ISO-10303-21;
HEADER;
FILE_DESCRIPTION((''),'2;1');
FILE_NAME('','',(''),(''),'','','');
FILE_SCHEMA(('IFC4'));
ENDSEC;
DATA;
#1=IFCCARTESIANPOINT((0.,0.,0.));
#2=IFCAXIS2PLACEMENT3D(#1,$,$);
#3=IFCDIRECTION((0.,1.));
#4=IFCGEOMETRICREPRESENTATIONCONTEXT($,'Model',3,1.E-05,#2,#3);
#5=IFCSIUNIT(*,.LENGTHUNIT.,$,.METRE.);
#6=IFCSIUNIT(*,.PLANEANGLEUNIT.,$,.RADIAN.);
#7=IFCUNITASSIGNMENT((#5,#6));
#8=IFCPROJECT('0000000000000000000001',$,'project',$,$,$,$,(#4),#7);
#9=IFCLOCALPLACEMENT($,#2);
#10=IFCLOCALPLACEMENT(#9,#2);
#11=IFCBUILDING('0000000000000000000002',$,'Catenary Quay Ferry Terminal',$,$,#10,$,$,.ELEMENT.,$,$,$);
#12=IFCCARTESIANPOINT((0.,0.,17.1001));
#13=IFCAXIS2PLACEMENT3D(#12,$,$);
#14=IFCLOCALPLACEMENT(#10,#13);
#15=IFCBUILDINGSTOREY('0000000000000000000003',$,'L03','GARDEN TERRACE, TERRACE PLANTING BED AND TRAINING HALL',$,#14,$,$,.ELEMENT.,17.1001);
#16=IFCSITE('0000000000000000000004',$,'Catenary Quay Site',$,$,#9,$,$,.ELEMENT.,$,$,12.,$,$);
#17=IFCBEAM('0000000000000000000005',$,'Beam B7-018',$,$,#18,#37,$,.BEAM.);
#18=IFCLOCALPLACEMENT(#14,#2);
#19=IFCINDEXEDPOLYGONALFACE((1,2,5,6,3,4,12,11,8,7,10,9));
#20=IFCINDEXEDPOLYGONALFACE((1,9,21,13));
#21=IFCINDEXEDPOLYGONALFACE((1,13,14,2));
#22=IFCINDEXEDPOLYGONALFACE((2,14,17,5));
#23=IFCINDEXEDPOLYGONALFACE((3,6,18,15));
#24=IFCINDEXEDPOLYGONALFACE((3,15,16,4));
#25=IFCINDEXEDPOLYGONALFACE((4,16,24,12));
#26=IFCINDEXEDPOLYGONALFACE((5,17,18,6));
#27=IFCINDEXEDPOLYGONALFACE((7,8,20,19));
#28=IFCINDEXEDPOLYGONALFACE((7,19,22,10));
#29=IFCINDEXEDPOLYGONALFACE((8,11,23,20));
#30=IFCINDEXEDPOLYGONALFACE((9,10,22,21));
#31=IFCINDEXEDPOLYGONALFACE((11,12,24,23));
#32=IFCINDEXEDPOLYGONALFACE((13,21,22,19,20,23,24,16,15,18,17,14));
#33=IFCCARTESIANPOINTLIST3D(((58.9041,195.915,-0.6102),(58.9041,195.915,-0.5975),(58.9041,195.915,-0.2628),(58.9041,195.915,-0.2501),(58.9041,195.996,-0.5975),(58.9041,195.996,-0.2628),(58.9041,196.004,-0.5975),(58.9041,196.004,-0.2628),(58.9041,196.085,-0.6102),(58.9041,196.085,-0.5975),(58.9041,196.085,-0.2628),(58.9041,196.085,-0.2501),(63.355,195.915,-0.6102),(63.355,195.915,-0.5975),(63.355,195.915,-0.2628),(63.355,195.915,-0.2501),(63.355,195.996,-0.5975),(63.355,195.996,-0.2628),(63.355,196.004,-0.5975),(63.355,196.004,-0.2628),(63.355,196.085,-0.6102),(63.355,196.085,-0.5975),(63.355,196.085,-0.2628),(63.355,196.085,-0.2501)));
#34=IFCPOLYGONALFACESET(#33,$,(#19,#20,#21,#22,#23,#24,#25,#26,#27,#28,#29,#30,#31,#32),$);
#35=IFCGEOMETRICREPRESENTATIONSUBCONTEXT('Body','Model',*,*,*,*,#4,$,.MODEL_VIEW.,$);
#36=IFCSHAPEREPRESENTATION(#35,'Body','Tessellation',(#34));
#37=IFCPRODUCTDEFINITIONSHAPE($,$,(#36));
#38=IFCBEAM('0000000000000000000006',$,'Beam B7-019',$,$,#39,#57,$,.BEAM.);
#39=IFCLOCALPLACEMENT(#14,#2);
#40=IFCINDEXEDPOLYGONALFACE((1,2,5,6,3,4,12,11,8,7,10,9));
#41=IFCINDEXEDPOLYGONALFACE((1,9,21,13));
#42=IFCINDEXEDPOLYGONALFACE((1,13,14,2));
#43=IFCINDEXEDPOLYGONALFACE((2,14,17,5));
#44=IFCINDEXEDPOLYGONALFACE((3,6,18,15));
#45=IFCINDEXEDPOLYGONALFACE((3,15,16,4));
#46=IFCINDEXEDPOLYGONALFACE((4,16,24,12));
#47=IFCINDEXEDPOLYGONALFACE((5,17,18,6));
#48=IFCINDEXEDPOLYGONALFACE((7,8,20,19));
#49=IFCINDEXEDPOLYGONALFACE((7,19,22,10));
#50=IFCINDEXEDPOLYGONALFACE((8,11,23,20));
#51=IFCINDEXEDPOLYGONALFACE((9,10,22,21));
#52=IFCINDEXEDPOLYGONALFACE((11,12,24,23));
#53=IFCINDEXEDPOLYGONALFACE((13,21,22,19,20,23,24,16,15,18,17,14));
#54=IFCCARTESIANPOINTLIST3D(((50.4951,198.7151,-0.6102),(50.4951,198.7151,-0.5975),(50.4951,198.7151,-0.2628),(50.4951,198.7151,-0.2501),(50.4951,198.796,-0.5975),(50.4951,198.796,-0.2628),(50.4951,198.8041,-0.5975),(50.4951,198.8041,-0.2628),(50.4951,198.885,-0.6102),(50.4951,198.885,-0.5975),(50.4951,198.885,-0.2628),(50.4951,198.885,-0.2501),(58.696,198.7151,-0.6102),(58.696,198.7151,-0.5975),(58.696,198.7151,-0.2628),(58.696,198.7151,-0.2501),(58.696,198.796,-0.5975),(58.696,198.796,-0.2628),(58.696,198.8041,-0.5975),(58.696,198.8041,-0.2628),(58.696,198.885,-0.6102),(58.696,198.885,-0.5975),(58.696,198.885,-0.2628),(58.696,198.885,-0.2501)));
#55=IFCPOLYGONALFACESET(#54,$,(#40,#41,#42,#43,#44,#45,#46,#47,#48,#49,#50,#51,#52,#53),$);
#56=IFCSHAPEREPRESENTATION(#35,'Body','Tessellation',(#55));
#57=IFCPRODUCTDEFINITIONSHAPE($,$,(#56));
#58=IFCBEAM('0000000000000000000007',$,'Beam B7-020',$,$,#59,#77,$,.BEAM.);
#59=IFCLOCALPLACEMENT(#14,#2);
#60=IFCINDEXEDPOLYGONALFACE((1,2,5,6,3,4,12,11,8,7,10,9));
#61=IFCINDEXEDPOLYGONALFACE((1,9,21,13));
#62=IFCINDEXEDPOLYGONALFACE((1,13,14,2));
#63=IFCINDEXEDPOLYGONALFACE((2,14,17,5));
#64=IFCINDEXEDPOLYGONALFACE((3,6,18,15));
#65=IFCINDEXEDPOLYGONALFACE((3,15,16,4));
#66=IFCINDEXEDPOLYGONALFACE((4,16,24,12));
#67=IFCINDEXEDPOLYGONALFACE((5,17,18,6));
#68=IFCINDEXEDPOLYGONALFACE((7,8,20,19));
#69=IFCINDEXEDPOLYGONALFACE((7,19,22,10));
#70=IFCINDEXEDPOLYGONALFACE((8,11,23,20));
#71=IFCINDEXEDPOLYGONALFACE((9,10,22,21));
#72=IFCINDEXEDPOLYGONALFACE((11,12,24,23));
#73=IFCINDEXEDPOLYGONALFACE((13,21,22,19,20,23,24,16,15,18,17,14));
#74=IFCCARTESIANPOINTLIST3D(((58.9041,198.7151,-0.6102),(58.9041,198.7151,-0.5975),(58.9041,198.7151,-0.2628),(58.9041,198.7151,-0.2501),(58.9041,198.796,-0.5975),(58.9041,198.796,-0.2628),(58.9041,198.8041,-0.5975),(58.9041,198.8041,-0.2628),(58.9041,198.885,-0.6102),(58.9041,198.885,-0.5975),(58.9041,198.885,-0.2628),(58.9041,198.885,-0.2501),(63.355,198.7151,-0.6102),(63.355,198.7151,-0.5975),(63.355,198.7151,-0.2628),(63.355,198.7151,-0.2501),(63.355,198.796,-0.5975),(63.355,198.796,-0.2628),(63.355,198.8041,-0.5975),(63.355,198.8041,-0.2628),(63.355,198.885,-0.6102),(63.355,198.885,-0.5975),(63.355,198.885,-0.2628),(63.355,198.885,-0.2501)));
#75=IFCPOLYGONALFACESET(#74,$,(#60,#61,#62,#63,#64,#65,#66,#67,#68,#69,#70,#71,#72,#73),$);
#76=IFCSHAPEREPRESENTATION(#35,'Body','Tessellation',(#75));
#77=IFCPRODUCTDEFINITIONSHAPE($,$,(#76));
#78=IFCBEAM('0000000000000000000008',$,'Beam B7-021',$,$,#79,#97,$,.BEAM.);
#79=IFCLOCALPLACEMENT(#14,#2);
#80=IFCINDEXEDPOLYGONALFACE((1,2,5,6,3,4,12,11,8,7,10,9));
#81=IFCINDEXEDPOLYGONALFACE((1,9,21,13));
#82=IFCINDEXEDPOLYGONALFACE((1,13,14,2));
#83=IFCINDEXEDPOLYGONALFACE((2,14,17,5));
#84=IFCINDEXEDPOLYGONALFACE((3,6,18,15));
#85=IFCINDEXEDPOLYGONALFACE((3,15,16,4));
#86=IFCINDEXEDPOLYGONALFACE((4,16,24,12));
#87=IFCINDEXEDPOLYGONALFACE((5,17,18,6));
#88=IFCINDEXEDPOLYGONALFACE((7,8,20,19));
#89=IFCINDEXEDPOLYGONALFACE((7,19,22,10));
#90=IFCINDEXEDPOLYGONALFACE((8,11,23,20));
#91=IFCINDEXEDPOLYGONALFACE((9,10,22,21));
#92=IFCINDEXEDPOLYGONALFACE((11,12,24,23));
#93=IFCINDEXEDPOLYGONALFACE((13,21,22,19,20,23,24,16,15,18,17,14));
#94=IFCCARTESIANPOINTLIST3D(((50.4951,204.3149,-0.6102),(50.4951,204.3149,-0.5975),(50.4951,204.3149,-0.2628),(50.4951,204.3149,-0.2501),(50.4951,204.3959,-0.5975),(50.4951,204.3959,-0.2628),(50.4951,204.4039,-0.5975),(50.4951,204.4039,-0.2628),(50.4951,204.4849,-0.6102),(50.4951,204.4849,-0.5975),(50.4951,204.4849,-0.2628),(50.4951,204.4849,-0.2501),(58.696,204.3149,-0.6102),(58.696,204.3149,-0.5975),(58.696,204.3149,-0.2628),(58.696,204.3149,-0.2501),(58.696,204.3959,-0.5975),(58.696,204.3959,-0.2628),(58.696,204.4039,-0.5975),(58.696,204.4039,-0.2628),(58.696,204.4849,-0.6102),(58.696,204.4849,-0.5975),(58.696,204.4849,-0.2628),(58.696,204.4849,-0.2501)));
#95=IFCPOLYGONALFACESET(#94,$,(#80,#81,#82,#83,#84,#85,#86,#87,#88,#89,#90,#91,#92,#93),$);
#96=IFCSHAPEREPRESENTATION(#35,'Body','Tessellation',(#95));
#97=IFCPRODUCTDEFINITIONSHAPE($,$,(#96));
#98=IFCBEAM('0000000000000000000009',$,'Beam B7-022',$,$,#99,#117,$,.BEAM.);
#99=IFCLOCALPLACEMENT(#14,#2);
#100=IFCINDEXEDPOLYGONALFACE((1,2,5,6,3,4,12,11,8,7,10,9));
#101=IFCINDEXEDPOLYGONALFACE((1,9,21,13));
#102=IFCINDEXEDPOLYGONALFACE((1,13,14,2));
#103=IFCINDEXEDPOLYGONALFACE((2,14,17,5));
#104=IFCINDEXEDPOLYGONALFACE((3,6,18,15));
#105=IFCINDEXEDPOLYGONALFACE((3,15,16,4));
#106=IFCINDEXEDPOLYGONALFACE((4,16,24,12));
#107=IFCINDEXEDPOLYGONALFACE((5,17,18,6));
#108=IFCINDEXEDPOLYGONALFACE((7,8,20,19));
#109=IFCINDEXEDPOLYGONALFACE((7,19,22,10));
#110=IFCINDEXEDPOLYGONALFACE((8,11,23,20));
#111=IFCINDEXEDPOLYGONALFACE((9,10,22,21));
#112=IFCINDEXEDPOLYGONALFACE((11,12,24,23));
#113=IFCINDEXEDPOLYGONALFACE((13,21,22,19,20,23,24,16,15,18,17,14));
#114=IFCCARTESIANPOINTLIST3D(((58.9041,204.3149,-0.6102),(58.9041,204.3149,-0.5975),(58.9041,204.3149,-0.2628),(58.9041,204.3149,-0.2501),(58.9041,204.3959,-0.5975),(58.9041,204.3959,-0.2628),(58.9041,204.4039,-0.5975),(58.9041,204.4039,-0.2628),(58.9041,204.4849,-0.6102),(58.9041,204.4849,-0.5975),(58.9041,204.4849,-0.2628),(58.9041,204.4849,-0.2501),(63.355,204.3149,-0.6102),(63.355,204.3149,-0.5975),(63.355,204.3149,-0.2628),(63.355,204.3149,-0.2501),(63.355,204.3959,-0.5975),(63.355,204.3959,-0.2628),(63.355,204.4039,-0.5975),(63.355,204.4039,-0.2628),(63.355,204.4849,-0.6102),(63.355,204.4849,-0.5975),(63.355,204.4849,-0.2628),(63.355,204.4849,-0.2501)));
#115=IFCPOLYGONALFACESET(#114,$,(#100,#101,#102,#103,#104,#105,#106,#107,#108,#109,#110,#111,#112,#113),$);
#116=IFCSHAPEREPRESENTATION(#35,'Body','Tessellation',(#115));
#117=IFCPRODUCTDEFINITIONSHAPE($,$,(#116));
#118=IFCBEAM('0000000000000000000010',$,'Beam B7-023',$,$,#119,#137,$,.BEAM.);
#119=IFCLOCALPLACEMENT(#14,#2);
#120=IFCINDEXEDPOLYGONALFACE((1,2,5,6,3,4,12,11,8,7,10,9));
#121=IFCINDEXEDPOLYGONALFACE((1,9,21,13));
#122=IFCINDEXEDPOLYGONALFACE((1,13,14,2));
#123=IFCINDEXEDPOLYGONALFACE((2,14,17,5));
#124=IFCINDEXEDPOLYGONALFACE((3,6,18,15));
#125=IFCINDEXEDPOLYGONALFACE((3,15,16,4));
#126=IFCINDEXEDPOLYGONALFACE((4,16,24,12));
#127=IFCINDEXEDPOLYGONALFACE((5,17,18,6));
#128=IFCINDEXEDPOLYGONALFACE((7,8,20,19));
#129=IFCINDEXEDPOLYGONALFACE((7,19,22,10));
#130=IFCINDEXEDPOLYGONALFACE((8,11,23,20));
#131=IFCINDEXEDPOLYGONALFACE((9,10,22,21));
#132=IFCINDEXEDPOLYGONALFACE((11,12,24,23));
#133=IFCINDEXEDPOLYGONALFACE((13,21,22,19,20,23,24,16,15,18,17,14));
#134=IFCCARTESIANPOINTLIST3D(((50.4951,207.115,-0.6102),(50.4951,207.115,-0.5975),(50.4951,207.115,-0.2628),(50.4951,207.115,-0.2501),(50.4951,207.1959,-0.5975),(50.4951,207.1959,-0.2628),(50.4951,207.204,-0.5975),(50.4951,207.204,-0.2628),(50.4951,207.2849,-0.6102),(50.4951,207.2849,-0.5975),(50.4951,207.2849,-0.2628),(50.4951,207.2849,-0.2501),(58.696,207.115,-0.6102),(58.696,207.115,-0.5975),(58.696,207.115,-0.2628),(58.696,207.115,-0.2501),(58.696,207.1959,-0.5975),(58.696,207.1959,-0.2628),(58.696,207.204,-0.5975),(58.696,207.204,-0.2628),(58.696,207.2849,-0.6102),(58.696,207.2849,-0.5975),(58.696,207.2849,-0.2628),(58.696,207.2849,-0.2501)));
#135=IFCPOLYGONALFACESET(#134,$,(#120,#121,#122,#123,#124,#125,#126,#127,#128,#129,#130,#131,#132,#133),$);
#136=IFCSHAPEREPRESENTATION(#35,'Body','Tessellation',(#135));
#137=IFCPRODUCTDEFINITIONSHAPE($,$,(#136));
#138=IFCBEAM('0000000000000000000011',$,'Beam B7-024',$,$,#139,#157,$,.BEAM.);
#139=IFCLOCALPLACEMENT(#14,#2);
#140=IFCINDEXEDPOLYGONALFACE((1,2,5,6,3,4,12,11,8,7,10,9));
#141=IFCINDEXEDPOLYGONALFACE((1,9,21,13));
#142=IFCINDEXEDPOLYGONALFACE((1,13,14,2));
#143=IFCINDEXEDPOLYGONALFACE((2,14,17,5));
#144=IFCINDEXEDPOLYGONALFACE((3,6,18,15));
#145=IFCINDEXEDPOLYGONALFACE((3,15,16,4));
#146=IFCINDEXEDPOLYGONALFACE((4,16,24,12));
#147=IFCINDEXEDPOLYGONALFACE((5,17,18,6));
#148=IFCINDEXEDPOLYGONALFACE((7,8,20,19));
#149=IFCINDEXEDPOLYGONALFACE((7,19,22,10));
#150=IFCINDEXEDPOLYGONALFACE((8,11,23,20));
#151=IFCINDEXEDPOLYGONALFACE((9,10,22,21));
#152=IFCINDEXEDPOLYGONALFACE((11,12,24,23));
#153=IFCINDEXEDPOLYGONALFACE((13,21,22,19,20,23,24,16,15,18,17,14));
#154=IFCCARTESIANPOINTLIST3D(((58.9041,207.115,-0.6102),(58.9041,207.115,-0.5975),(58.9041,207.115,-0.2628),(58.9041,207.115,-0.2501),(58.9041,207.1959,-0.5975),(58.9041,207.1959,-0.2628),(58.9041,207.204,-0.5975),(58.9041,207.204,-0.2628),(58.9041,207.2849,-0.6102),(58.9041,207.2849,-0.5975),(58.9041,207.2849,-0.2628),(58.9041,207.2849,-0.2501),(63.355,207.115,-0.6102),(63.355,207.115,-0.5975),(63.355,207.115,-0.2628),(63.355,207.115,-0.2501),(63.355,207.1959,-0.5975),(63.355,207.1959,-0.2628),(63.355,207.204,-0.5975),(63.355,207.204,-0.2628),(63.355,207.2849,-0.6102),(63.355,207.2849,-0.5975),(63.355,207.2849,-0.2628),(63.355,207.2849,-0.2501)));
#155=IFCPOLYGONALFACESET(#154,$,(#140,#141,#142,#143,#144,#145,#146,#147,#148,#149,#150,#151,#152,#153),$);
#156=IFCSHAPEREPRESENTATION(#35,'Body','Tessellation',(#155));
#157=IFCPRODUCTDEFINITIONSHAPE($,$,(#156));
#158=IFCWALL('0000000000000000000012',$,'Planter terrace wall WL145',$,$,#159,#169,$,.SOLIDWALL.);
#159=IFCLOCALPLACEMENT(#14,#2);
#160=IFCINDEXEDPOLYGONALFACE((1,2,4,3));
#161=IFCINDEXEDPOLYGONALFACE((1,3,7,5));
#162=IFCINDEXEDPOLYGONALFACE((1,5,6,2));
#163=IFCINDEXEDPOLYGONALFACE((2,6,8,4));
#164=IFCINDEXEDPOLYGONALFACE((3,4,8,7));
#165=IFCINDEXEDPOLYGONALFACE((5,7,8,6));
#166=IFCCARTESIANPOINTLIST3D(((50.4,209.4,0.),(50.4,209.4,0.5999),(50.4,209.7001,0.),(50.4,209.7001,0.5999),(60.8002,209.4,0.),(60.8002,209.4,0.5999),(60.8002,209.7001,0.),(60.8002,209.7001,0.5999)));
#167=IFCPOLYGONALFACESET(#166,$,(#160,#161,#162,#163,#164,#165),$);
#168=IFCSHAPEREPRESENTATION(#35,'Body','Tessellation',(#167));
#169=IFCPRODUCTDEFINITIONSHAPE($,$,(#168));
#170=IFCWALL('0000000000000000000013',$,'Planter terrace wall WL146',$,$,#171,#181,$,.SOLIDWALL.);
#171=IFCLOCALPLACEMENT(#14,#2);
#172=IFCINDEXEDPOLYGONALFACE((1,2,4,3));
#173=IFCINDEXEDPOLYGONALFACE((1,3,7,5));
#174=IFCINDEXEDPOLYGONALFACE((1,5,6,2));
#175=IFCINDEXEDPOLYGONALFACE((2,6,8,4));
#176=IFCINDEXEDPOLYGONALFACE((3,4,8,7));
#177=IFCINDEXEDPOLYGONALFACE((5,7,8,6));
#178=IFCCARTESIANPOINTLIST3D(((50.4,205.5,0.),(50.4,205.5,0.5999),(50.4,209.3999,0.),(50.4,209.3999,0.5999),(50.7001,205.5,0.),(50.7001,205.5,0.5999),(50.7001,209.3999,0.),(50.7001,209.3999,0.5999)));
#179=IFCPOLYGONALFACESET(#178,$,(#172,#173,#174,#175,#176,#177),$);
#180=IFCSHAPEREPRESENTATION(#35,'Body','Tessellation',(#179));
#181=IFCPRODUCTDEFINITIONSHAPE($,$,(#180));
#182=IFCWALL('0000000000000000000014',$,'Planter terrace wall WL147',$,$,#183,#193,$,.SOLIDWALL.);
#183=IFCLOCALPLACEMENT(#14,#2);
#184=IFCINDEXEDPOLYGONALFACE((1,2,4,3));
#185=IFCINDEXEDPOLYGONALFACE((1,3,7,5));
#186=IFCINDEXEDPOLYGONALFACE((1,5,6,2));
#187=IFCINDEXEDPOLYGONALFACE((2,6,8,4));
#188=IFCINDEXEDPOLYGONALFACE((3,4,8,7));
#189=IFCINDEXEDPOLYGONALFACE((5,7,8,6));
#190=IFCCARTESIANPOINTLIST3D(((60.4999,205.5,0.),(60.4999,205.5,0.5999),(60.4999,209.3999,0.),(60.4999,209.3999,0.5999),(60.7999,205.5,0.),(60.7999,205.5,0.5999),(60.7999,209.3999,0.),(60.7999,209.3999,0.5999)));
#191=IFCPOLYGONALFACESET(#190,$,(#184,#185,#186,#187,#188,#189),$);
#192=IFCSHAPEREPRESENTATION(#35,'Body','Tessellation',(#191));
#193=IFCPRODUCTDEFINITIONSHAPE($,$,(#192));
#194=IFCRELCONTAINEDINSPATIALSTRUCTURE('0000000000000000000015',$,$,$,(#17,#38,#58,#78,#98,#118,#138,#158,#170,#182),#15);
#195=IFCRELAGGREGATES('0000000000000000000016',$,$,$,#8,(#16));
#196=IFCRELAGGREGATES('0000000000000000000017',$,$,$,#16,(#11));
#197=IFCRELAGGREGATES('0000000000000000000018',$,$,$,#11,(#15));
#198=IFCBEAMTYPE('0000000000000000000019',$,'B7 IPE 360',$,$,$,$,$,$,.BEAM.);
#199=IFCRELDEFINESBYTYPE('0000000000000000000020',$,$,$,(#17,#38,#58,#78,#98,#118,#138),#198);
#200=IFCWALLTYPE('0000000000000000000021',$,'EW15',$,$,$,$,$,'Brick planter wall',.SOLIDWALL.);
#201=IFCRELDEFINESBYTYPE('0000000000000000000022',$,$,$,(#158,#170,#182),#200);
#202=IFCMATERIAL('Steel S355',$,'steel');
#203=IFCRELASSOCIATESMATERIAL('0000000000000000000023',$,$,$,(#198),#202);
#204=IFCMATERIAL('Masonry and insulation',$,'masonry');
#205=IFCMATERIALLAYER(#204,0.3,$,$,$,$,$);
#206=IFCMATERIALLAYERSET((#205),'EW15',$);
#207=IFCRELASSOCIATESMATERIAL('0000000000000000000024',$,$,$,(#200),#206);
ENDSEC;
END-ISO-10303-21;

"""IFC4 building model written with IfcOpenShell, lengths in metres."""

from ifc_helpers import new_model, si_unit, direction, frame, frame_2d, origin, origin_2d, place, context, subcontext, project, spatial, rectangle, i_section, extrude, material, layer, layer_set, material_profile, profile_set, type_object, element, save


model = new_model("IFC4")

# Units and contexts
model_context = context("Model", 3, precision=1e-05, world=origin(), true_north=direction((0.0, 1.0)))
body_context = subcontext(model_context, "Body", "Model", "MODEL_VIEW")
ifc_project = project(units=[si_unit("LENGTHUNIT", "METRE"), si_unit("PLANEANGLEUNIT", "RADIAN")], contexts=[model_context])

# Site, building, storey
site_placement = place(None, origin())
site = spatial("IfcSite", under=ifc_project, at=site_placement, Name="Catenary Quay Site", CompositionType="ELEMENT", RefElevation=12.0)
building_placement = place(site_placement, origin())
building = spatial("IfcBuilding", under=site, at=building_placement, Name="Catenary Quay Ferry Terminal", CompositionType="ELEMENT")
storey_placement = place(building_placement, frame((0.0, 0.0, 17.1001)))
storey = spatial("IfcBuildingStorey", under=building, at=storey_placement, Name="L03", Description="GARDEN TERRACE, TERRACE PLANTING BED AND TRAINING HALL", CompositionType="ELEMENT", Elevation=17.1001)

# Beams
ifc_material_1 = material(Name="Steel S355", Category="steel")
ifc_material_profile_1 = material_profile(ifc_material_1, i_section(OverallWidth=0.1699, OverallDepth=0.3601, WebThickness=0.0081, FlangeThickness=0.0127, at=origin_2d()), Name="IPE 360")
ifc_profile_set_1 = profile_set([ifc_material_profile_1], Name="Steel S355")
beam_type_1 = type_object("IfcBeamType", Name="B7 IPE 360", PredefinedType="BEAM", material=ifc_profile_set_1)
beam_1_placement = place(storey_placement, frame((58.9041, 196.0, -0.4302), z_axis=(1.0, 0.0, 0.0), x_axis=(0.0, 1.0, 0.0)))
element("IfcBeam", 1, at=beam_1_placement, inside=storey, type_object=beam_type_1, Name="Beam B7-018", PredefinedType="BEAM", context=body_context, shape_type="SweptSolid", body=[
    extrude(i_section(OverallWidth=0.1699, OverallDepth=0.3601, WebThickness=0.0081, FlangeThickness=0.0127, at=origin_2d()), origin(), (0.0, 0.0, 1.0), 4.4509),
])
beam_2_placement = place(storey_placement, frame((50.4951, 198.8, -0.4302), z_axis=(1.0, 0.0, 0.0), x_axis=(0.0, 1.0, 0.0)))
element("IfcBeam", 2, at=beam_2_placement, inside=storey, type_object=beam_type_1, Name="Beam B7-019", PredefinedType="BEAM", context=body_context, shape_type="SweptSolid", body=[
    extrude(i_section(OverallWidth=0.1699, OverallDepth=0.3601, WebThickness=0.0081, FlangeThickness=0.0127, at=origin_2d()), origin(), (0.0, 0.0, 1.0), 8.2009),
])
beam_3_placement = place(storey_placement, frame((58.9041, 198.8, -0.4302), z_axis=(1.0, 0.0, 0.0), x_axis=(0.0, 1.0, 0.0)))
element("IfcBeam", 3, at=beam_3_placement, inside=storey, type_object=beam_type_1, Name="Beam B7-020", PredefinedType="BEAM", context=body_context, shape_type="SweptSolid", body=[
    extrude(i_section(OverallWidth=0.1699, OverallDepth=0.3601, WebThickness=0.0081, FlangeThickness=0.0127, at=origin_2d()), origin(), (0.0, 0.0, 1.0), 4.4509),
])
beam_4_placement = place(storey_placement, frame((50.4951, 204.3999, -0.4302), z_axis=(1.0, 0.0, 0.0), x_axis=(0.0, 1.0, 0.0)))
element("IfcBeam", 4, at=beam_4_placement, inside=storey, type_object=beam_type_1, Name="Beam B7-021", PredefinedType="BEAM", context=body_context, shape_type="SweptSolid", body=[
    extrude(i_section(OverallWidth=0.1699, OverallDepth=0.3601, WebThickness=0.0081, FlangeThickness=0.0127, at=origin_2d()), origin(), (0.0, 0.0, 1.0), 8.2009),
])
beam_5_placement = place(storey_placement, frame((58.9041, 204.3999, -0.4302), z_axis=(1.0, 0.0, 0.0), x_axis=(0.0, 1.0, 0.0)))
element("IfcBeam", 5, at=beam_5_placement, inside=storey, type_object=beam_type_1, Name="Beam B7-022", PredefinedType="BEAM", context=body_context, shape_type="SweptSolid", body=[
    extrude(i_section(OverallWidth=0.1699, OverallDepth=0.3601, WebThickness=0.0081, FlangeThickness=0.0127, at=origin_2d()), origin(), (0.0, 0.0, 1.0), 4.4509),
])
beam_6_placement = place(storey_placement, frame((50.4951, 207.2, -0.4302), z_axis=(1.0, 0.0, 0.0), x_axis=(0.0, 1.0, 0.0)))
element("IfcBeam", 6, at=beam_6_placement, inside=storey, type_object=beam_type_1, Name="Beam B7-023", PredefinedType="BEAM", context=body_context, shape_type="SweptSolid", body=[
    extrude(i_section(OverallWidth=0.1699, OverallDepth=0.3601, WebThickness=0.0081, FlangeThickness=0.0127, at=origin_2d()), origin(), (0.0, 0.0, 1.0), 8.2009),
])
beam_7_placement = place(storey_placement, frame((58.9041, 207.2, -0.4302), z_axis=(1.0, 0.0, 0.0), x_axis=(0.0, 1.0, 0.0)))
element("IfcBeam", 7, at=beam_7_placement, inside=storey, type_object=beam_type_1, Name="Beam B7-024", PredefinedType="BEAM", context=body_context, shape_type="SweptSolid", body=[
    extrude(i_section(OverallWidth=0.1699, OverallDepth=0.3601, WebThickness=0.0081, FlangeThickness=0.0127, at=origin_2d()), origin(), (0.0, 0.0, 1.0), 4.4509),
])

# Walls
ifc_material_2 = material(Name="Masonry and insulation", Category="masonry")
ifc_layer_1 = layer(ifc_material_2, 0.3)
ifc_layer_set_1 = layer_set([ifc_layer_1], Name="EW15")
wall_type_1 = type_object("IfcWallType", Name="EW15", ElementType="Brick planter wall", PredefinedType="SOLIDWALL", material=ifc_layer_set_1)
wall_1_placement = place(storey_placement, frame((50.3999, 209.55, 0.0), z_axis=(0.0, 0.0, 1.0), x_axis=(1.0, 0.0, 0.0)))
element("IfcWall", 8, at=wall_1_placement, inside=storey, type_object=wall_type_1, Name="Planter terrace wall WL145", PredefinedType="SOLIDWALL", context=body_context, shape_type="SweptSolid", body=[
    extrude(rectangle(XDim=10.4001, YDim=0.3, at=frame_2d((5.2002, 0.0))), origin(), (0.0, 0.0, 1.0), 0.5999),
])
for number, where, z_axis, x_axis, name in (
    (9, (50.55, 205.5, 0.0), (0.0, 0.0, 1.0), (0.0, 1.0, 0.0), "Planter terrace wall WL146"),
    (10, (60.6499, 205.5, 0.0), (0.0, 0.0, 1.0), (0.0, 1.0, 0.0), "Planter terrace wall WL147"),
):
    element("IfcWall", number, at=place(storey_placement, frame(where, z_axis=z_axis, x_axis=x_axis)), inside=storey, type_object=wall_type_1, Name=name, PredefinedType="SOLIDWALL", context=body_context, shape_type="SweptSolid", body=[
        extrude(rectangle(XDim=3.8999, YDim=0.3, at=frame_2d((1.95, 0.0))), origin(), (0.0, 0.0, 1.0), 0.5999),
    ])

save(model, "model.ifc")
